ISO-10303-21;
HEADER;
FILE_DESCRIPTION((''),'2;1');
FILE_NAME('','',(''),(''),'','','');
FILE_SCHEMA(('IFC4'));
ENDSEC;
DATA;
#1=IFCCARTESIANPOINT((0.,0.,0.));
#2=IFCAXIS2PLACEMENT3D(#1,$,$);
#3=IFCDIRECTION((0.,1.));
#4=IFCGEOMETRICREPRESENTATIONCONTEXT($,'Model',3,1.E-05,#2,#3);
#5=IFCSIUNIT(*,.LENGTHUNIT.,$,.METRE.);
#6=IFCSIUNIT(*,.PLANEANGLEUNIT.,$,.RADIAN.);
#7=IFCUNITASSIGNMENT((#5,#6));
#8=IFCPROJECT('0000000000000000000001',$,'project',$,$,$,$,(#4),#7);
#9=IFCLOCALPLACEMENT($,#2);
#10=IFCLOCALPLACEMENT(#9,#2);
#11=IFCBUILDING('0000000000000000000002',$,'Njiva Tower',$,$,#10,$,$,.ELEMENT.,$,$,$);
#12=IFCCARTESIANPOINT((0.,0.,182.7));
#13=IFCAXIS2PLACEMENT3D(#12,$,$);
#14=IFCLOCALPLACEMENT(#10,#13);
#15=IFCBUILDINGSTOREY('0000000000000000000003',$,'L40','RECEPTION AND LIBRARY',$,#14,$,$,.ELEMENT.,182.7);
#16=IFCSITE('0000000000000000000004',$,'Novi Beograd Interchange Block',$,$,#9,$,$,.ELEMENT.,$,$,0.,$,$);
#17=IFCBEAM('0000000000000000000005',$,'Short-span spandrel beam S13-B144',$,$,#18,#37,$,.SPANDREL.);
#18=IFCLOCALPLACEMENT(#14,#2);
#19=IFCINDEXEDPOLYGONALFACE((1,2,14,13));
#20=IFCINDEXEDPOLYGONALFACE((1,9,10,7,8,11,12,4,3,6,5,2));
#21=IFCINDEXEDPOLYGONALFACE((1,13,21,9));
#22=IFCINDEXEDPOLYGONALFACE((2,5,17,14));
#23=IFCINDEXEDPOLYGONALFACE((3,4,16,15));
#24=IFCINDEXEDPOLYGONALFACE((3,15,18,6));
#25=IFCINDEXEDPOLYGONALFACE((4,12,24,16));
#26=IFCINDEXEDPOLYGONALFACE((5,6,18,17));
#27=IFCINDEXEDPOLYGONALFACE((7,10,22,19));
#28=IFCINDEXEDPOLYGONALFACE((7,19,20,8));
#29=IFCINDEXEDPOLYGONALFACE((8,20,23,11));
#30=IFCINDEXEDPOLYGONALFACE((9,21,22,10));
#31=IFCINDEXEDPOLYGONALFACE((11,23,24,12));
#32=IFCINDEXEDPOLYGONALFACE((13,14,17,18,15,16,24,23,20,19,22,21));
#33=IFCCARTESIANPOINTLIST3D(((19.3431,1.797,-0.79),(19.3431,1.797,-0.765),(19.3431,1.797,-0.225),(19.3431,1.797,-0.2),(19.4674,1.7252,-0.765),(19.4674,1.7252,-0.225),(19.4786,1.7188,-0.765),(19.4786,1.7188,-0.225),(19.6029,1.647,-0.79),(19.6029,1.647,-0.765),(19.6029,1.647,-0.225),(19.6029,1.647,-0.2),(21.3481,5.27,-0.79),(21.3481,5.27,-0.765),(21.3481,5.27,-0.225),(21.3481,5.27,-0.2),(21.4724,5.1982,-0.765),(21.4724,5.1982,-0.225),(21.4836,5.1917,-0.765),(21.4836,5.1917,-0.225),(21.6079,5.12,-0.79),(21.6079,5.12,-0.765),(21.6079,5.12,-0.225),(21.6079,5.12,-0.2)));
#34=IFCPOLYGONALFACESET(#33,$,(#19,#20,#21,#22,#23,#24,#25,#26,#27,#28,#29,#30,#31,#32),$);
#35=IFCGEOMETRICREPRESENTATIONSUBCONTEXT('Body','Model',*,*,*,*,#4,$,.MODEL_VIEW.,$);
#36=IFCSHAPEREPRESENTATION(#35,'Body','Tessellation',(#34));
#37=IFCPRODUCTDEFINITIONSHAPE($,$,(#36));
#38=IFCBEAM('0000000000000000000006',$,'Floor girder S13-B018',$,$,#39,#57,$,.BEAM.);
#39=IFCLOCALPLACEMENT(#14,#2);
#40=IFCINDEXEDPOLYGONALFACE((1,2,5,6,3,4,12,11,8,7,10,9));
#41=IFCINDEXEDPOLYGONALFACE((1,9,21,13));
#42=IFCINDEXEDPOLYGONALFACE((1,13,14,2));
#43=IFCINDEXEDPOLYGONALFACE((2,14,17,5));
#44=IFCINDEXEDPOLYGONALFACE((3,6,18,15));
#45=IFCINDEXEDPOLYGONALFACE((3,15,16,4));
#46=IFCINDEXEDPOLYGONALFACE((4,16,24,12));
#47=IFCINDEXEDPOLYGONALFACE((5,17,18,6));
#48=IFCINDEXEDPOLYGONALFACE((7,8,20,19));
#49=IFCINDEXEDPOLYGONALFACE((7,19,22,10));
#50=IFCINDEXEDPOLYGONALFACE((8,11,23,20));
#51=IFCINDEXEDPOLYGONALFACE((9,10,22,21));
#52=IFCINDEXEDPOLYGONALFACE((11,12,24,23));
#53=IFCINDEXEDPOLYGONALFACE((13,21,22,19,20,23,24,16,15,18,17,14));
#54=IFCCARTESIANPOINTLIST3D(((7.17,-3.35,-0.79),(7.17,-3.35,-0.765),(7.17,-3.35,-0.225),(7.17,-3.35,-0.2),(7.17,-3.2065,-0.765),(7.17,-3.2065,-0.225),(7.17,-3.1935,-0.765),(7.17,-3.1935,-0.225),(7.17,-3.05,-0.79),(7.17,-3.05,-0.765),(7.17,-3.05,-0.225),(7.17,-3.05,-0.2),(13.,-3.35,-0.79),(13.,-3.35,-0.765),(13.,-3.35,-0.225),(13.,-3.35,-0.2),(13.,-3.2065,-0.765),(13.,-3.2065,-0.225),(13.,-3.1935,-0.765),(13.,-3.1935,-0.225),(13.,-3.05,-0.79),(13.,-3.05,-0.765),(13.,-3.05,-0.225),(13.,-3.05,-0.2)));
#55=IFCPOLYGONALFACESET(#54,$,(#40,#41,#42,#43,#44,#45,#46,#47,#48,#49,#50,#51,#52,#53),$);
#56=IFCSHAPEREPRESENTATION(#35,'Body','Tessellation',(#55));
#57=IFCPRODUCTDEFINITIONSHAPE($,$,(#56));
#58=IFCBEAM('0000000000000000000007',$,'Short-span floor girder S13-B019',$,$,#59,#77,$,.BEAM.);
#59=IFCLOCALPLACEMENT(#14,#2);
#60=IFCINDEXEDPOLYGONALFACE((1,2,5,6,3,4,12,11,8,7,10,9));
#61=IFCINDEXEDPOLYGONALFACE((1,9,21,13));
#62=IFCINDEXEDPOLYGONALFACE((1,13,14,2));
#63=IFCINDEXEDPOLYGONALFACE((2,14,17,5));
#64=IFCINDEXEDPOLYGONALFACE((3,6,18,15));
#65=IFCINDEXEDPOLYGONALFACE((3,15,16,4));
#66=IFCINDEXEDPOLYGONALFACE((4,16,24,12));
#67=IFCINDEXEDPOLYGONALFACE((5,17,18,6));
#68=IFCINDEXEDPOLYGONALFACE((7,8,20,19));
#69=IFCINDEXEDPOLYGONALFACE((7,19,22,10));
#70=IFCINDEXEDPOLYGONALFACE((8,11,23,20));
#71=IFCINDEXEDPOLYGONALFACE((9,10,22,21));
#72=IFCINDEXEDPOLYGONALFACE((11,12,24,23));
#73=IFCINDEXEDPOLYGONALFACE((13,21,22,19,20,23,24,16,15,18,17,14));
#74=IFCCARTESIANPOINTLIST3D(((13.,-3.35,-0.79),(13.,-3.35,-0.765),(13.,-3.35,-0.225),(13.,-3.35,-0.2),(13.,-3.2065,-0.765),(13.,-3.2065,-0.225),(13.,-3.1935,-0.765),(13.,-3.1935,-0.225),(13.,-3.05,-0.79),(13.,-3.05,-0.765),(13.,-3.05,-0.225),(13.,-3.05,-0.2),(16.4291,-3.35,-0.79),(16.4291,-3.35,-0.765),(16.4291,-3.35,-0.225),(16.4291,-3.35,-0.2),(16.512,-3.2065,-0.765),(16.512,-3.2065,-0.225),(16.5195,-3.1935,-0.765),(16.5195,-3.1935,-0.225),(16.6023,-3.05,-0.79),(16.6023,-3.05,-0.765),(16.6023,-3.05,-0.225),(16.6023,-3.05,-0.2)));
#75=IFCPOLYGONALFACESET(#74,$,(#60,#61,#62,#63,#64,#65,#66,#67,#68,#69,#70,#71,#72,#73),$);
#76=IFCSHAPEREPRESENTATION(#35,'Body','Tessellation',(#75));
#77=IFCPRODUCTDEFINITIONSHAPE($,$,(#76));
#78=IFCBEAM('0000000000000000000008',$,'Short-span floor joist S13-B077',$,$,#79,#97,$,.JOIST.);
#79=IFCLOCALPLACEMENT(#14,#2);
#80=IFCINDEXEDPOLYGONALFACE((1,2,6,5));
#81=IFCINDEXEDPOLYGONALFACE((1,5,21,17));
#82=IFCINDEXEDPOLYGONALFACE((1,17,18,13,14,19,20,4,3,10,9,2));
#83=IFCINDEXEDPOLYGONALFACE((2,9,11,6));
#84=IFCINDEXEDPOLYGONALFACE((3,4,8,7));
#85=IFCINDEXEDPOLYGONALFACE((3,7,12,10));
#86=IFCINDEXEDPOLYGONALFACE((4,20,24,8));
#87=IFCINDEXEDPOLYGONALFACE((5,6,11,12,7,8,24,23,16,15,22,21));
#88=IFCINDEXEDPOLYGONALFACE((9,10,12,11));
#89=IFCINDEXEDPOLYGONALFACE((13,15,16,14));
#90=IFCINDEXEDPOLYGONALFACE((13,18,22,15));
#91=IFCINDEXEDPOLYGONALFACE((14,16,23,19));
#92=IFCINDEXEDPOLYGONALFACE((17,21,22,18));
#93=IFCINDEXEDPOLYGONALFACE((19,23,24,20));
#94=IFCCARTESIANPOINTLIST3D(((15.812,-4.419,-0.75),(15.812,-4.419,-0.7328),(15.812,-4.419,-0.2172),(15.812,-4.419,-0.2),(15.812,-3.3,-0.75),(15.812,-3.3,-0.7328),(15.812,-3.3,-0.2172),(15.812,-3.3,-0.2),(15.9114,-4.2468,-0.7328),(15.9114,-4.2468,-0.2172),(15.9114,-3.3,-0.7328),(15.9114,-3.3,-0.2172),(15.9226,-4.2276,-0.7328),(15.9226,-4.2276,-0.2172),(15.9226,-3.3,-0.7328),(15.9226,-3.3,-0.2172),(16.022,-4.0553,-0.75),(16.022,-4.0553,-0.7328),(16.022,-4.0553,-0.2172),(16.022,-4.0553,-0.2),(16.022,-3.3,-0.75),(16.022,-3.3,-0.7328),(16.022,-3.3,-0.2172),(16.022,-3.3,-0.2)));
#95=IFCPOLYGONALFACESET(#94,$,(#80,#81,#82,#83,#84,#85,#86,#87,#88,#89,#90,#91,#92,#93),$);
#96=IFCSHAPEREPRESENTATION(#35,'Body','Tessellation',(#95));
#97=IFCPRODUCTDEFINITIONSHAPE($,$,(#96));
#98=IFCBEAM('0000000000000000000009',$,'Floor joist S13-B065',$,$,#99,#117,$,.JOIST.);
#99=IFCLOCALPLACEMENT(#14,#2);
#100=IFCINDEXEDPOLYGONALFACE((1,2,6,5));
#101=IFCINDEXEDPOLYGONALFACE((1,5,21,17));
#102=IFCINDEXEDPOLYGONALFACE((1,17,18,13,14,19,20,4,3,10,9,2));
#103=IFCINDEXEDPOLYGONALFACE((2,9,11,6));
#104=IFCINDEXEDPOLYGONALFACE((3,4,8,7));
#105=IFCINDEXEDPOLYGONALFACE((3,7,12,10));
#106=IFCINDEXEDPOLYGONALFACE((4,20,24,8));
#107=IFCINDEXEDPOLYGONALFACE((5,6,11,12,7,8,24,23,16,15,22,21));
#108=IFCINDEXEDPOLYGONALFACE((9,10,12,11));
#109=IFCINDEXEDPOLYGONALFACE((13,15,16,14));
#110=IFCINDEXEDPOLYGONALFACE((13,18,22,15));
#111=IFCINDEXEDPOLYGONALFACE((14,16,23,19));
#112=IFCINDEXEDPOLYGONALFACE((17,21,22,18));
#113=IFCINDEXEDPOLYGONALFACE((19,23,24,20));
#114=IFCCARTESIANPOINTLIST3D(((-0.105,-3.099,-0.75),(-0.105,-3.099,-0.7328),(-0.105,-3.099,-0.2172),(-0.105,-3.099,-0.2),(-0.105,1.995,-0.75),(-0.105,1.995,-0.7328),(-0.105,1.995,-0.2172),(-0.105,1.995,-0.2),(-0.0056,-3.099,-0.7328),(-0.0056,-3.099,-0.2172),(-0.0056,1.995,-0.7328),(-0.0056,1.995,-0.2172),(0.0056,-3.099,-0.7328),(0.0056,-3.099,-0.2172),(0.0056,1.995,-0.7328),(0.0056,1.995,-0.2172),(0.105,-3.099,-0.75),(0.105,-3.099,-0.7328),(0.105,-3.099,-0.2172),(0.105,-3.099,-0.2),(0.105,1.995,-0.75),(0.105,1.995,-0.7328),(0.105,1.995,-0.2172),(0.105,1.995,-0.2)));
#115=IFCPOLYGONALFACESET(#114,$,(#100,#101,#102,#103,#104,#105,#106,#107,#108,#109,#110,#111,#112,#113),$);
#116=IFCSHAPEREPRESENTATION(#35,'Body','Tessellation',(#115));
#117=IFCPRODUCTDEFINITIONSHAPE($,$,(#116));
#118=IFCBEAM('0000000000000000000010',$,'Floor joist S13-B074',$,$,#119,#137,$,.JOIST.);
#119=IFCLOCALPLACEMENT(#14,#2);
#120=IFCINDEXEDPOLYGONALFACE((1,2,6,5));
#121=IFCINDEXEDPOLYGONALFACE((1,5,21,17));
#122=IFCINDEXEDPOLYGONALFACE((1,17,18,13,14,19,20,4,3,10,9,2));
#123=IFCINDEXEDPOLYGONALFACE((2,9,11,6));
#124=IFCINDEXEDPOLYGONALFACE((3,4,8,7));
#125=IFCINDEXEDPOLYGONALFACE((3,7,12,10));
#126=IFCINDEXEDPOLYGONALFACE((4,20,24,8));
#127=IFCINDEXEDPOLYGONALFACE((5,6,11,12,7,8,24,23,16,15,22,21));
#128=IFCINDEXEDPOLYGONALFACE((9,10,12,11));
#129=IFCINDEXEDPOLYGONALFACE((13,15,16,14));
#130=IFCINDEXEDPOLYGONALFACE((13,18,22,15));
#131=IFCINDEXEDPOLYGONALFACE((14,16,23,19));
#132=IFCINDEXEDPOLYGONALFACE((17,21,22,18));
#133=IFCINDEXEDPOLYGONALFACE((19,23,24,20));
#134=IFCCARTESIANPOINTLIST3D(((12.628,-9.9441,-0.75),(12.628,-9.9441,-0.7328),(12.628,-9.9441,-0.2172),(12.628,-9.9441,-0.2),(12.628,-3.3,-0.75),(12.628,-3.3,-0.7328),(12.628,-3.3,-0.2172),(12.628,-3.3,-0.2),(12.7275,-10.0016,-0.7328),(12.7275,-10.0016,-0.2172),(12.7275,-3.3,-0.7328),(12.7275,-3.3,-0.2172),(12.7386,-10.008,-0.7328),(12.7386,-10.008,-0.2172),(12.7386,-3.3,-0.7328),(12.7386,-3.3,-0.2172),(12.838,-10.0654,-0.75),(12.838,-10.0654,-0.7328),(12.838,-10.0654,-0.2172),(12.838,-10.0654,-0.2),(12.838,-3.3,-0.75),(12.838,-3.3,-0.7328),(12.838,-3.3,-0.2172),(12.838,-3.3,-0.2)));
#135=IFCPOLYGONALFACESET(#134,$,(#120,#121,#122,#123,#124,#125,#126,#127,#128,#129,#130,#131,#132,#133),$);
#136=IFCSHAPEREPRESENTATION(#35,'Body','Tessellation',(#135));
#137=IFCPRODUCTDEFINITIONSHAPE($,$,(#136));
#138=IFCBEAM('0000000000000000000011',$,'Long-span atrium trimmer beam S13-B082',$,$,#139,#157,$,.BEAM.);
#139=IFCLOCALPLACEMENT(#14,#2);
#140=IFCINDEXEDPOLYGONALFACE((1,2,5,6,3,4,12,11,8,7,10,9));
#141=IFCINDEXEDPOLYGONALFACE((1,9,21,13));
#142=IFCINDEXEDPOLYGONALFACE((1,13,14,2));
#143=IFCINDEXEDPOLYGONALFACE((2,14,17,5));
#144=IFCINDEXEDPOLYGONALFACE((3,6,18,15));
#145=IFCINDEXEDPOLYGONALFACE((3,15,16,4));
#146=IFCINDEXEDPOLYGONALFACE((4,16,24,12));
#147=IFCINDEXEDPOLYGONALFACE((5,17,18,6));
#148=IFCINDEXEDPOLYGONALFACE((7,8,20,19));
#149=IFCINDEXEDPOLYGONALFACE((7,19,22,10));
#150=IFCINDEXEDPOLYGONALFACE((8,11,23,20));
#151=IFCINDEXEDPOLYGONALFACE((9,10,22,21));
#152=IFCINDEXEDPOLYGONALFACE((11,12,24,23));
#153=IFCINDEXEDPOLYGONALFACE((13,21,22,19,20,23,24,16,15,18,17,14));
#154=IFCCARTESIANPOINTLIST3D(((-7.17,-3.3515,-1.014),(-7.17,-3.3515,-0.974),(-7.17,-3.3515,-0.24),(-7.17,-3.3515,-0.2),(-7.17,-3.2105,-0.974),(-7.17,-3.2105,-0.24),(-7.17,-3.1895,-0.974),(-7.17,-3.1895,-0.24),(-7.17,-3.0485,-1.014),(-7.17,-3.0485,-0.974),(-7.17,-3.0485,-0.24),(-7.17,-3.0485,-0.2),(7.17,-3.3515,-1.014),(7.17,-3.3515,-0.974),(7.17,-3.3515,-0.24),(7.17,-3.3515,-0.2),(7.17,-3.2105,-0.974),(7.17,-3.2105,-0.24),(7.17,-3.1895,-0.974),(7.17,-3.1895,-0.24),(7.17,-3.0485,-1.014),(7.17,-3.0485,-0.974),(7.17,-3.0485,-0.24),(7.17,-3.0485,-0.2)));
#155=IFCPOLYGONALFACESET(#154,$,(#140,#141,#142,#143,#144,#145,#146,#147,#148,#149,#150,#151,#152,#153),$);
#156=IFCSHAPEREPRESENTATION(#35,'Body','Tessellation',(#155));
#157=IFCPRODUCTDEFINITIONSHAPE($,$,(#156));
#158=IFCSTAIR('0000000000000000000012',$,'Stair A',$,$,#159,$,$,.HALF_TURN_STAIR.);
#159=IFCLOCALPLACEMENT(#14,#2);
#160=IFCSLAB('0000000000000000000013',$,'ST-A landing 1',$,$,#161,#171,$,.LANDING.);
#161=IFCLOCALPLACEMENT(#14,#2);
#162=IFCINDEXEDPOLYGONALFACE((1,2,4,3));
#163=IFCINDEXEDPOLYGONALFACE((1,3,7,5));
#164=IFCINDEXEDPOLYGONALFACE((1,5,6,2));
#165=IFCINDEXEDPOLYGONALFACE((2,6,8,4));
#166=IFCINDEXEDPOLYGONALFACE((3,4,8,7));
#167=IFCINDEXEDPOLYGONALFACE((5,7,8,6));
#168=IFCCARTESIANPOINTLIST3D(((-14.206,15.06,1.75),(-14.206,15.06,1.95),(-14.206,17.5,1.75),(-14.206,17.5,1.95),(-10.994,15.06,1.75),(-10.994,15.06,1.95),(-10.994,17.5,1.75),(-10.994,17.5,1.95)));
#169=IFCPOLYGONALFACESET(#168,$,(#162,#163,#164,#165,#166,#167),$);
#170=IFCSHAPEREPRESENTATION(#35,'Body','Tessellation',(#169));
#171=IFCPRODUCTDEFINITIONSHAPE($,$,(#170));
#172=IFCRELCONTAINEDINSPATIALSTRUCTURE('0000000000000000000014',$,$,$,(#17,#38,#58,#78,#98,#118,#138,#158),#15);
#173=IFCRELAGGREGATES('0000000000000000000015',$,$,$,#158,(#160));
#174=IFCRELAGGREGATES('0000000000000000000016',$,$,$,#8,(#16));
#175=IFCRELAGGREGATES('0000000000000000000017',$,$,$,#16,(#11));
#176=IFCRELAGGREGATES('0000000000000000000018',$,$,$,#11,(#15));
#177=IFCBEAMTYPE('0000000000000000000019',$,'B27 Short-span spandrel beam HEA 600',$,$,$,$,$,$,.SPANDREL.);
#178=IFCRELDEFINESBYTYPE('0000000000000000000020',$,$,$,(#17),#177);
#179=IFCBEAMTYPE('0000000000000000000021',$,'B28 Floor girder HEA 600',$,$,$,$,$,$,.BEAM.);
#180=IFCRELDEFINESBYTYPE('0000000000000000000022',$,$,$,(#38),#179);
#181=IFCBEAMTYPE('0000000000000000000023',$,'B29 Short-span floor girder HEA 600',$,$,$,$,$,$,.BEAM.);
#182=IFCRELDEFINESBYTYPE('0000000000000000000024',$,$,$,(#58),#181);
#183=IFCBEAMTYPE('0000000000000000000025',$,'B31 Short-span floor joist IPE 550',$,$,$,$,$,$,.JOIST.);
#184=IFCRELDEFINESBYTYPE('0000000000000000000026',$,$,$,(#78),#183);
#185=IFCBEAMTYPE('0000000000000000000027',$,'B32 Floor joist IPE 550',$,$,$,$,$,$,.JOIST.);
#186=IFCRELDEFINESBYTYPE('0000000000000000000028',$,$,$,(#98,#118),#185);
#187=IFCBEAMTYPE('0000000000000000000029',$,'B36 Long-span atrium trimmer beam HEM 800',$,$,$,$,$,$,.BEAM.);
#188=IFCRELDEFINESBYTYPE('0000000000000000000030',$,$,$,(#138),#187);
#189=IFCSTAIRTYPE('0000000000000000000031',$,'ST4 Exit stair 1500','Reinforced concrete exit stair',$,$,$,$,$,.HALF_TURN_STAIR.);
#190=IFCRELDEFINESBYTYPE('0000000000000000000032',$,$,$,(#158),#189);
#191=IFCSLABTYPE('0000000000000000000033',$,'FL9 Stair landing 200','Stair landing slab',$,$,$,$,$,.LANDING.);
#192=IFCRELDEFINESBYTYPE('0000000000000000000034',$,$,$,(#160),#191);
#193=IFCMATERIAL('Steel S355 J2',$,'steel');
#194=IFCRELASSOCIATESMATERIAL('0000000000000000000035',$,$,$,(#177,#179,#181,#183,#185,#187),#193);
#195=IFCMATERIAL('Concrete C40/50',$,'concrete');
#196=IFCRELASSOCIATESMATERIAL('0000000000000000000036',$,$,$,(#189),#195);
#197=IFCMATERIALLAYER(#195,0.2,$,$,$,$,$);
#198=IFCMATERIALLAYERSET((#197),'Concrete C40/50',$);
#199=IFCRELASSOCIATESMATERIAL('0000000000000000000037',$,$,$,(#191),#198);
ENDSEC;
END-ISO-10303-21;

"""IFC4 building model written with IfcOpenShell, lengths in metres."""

from ifc_helpers import new_model, si_unit, direction, frame, origin, origin_2d, place, context, subcontext, project, spatial, polyline, i_section, outline, extrude, clip, halfspace, material, layer, layer_set, material_profile, profile_set, type_object, element, aggregate, save


model = new_model("IFC4")

# Units and contexts
model_context = context("Model", 3, precision=1e-05, world=origin(), true_north=direction((0.0, 1.0)))
body_context = subcontext(model_context, "Body", "Model", "MODEL_VIEW")
ifc_project = project(units=[si_unit("LENGTHUNIT", "METRE"), si_unit("PLANEANGLEUNIT", "RADIAN")], contexts=[model_context])

# Site, building, storey
site_placement = place(None, origin())
site = spatial("IfcSite", under=ifc_project, at=site_placement, Name="Novi Beograd Interchange Block", CompositionType="ELEMENT", RefElevation=0.0)
building_placement = place(site_placement, origin())
building = spatial("IfcBuilding", under=site, at=building_placement, Name="Njiva Tower", CompositionType="ELEMENT")
storey_placement = place(building_placement, frame((0.0, 0.0, 182.7)))
storey = spatial("IfcBuildingStorey", under=building, at=storey_placement, Name="L40", Description="RECEPTION AND LIBRARY", CompositionType="ELEMENT", Elevation=182.7)

# Shared definitions
ifc_material_1 = material(Name="Steel S355 J2", Category="steel")

# Beams
ifc_material_profile_1 = material_profile(ifc_material_1, i_section(OverallWidth=0.3, OverallDepth=0.59, WebThickness=0.013, FlangeThickness=0.025, at=origin_2d()), Name="HEA 600")
ifc_profile_set_1 = profile_set([ifc_material_profile_1], Name="Steel S355 J2")
beam_type_1 = type_object("IfcBeamType", Name="B27 Short-span spandrel beam HEA 600", PredefinedType="SPANDREL", material=ifc_profile_set_1)
beam_1_placement = place(storey_placement, frame((19.473, 1.722, -0.495), z_axis=(0.499974, 0.86604, 0.0), x_axis=(-0.86604, 0.499974, 0.0)))
element("IfcBeam", 1, at=beam_1_placement, inside=storey, type_object=beam_type_1, Name="Short-span spandrel beam S13-B144", PredefinedType="SPANDREL", context=body_context, shape_type="SweptSolid", body=[
    extrude(i_section(OverallWidth=0.3, OverallDepth=0.59, WebThickness=0.013, FlangeThickness=0.025, at=origin_2d()), origin(), (0.0, 0.0, 1.0), 4.0102),
])
ifc_material_profile_2 = material_profile(ifc_material_1, i_section(OverallWidth=0.3, OverallDepth=0.59, WebThickness=0.013, FlangeThickness=0.025, at=origin_2d()), Name="HEA 600")
ifc_profile_set_2 = profile_set([ifc_material_profile_2], Name="Steel S355 J2")
beam_type_2 = type_object("IfcBeamType", Name="B28 Floor girder HEA 600", PredefinedType="BEAM", material=ifc_profile_set_2)
beam_2_placement = place(storey_placement, frame((7.17, -3.2, -0.495), z_axis=(1.0, 0.0, 0.0), x_axis=(0.0, 1.0, 0.0)))
element("IfcBeam", 2, at=beam_2_placement, inside=storey, type_object=beam_type_2, Name="Floor girder S13-B018", PredefinedType="BEAM", context=body_context, shape_type="SweptSolid", body=[
    extrude(i_section(OverallWidth=0.3, OverallDepth=0.59, WebThickness=0.013, FlangeThickness=0.025, at=origin_2d()), origin(), (0.0, 0.0, 1.0), 5.83),
])
ifc_material_profile_3 = material_profile(ifc_material_1, i_section(OverallWidth=0.3, OverallDepth=0.59, WebThickness=0.013, FlangeThickness=0.025, at=origin_2d()), Name="HEA 600")
ifc_profile_set_3 = profile_set([ifc_material_profile_3], Name="Steel S355 J2")
beam_type_3 = type_object("IfcBeamType", Name="B29 Short-span floor girder HEA 600", PredefinedType="BEAM", material=ifc_profile_set_3)
beam_3_placement = place(storey_placement, frame((13.0, -3.2, -0.495), z_axis=(1.0, 0.0, 0.0), x_axis=(0.0, 1.0, 0.0)))
element("IfcBeam", 3, at=beam_3_placement, inside=storey, type_object=beam_type_3, Name="Short-span floor girder S13-B019", PredefinedType="BEAM", context=body_context, shape_type="Clipping", body=[
    clip(extrude(i_section(OverallWidth=0.3, OverallDepth=0.59, WebThickness=0.013, FlangeThickness=0.025, at=origin_2d()), origin(), (0.0, 0.0, 1.0), 3.623), halfspace(frame((-0.025, 0.0, 3.5013), z_axis=(-0.499998, 0.0, 0.866027), x_axis=(0.0, 1.0, 0.0)), False)),
])
ifc_material_profile_4 = material_profile(ifc_material_1, i_section(OverallWidth=0.21, OverallDepth=0.55, WebThickness=0.0111, FlangeThickness=0.0172, at=origin_2d()), Name="IPE 550")
ifc_profile_set_4 = profile_set([ifc_material_profile_4], Name="Steel S355 J2")
beam_type_4 = type_object("IfcBeamType", Name="B31 Short-span floor joist IPE 550", PredefinedType="JOIST", material=ifc_profile_set_4)
beam_4_placement = place(storey_placement, frame((15.917, -3.3, -0.475), z_axis=(0.0, -1.0, 0.0), x_axis=(1.0, 0.0, 0.0)))
element("IfcBeam", 4, at=beam_4_placement, inside=storey, type_object=beam_type_4, Name="Short-span floor joist S13-B077", PredefinedType="JOIST", context=body_context, shape_type="Clipping", body=[
    clip(extrude(i_section(OverallWidth=0.21, OverallDepth=0.55, WebThickness=0.0111, FlangeThickness=0.0172, at=origin_2d()), origin(), (0.0, 0.0, 1.0), 1.14), halfspace(frame((0.043, 0.0, 0.8627), z_axis=(0.866027, 0.0, 0.499998), x_axis=(0.0, 1.0, 0.0)), False)),
])
ifc_material_profile_5 = material_profile(ifc_material_1, i_section(OverallWidth=0.21, OverallDepth=0.55, WebThickness=0.0111, FlangeThickness=0.0172, at=origin_2d()), Name="IPE 550")
ifc_profile_set_5 = profile_set([ifc_material_profile_5], Name="Steel S355 J2")
beam_type_5 = type_object("IfcBeamType", Name="B32 Floor joist IPE 550", PredefinedType="JOIST", material=ifc_profile_set_5)
beam_5_placement = place(storey_placement, frame((0.0, 1.995, -0.475), z_axis=(0.0, -1.0, 0.0), x_axis=(1.0, 0.0, 0.0)))
element("IfcBeam", 5, at=beam_5_placement, inside=storey, type_object=beam_type_5, Name="Floor joist S13-B065", PredefinedType="JOIST", context=body_context, shape_type="SweptSolid", body=[
    extrude(i_section(OverallWidth=0.21, OverallDepth=0.55, WebThickness=0.0111, FlangeThickness=0.0172, at=origin_2d()), origin(), (0.0, 0.0, 1.0), 5.094),
])
beam_6_placement = place(storey_placement, frame((12.733, -3.3, -0.475), z_axis=(0.0, -1.0, 0.0), x_axis=(1.0, 0.0, 0.0)))
element("IfcBeam", 6, at=beam_6_placement, inside=storey, type_object=beam_type_5, Name="Floor joist S13-B074", PredefinedType="JOIST", context=body_context, shape_type="Clipping", body=[
    clip(extrude(i_section(OverallWidth=0.21, OverallDepth=0.55, WebThickness=0.0111, FlangeThickness=0.0172, at=origin_2d()), origin(), (0.0, 0.0, 1.0), 6.786), halfspace(frame((-0.0247, 0.0, 6.6905), z_axis=(-0.499998, 0.0, 0.866027), x_axis=(0.0, 1.0, 0.0)), False)),
])
ifc_material_profile_6 = material_profile(ifc_material_1, i_section(OverallWidth=0.303, OverallDepth=0.814, WebThickness=0.021, FlangeThickness=0.04, at=origin_2d()), Name="HEM 800")
ifc_profile_set_6 = profile_set([ifc_material_profile_6], Name="Steel S355 J2")
beam_type_6 = type_object("IfcBeamType", Name="B36 Long-span atrium trimmer beam HEM 800", PredefinedType="BEAM", material=ifc_profile_set_6)
beam_7_placement = place(storey_placement, frame((7.17, -3.2, -0.607), z_axis=(-1.0, 0.0, 0.0), x_axis=(0.0, -1.0, 0.0)))
element("IfcBeam", 7, at=beam_7_placement, inside=storey, type_object=beam_type_6, Name="Long-span atrium trimmer beam S13-B082", PredefinedType="BEAM", context=body_context, shape_type="SweptSolid", body=[
    extrude(i_section(OverallWidth=0.303, OverallDepth=0.814, WebThickness=0.021, FlangeThickness=0.04, at=origin_2d()), origin(), (0.0, 0.0, 1.0), 14.34),
])

# Stair, slab
ifc_material_2 = material(Name="Concrete C40/50", Category="concrete")
stair_type_1 = type_object("IfcStairType", Name="ST4 Exit stair 1500", Description="Reinforced concrete exit stair", PredefinedType="HALF_TURN_STAIR", material=ifc_material_2)
stair_1_placement = place(storey_placement, origin())
stair_1 = element("IfcStair", 8, at=stair_1_placement, inside=storey, type_object=stair_type_1, Name="Stair A", PredefinedType="HALF_TURN_STAIR")
ifc_layer_1 = layer(ifc_material_2, 0.2)
ifc_layer_set_1 = layer_set([ifc_layer_1], Name="Concrete C40/50")
slab_type_1 = type_object("IfcSlabType", Name="FL9 Stair landing 200", Description="Stair landing slab", PredefinedType="LANDING", material=ifc_layer_set_1)
slab_1_placement = place(storey_placement, frame((0.0, 0.0, 1.75)))
slab_1 = element("IfcSlab", 9, at=slab_1_placement, type_object=slab_type_1, Name="ST-A landing 1", PredefinedType="LANDING", context=body_context, shape_type="SweptSolid", body=[
    extrude(outline(polyline([(-14.206, 15.06), (-10.994, 15.06), (-10.994, 17.5), (-14.206, 17.5), (-14.206, 15.06)])), origin(), (0.0, 0.0, 1.0), 0.2),
])
aggregate(stair_1, [slab_1])

save(model, "model.ifc")
